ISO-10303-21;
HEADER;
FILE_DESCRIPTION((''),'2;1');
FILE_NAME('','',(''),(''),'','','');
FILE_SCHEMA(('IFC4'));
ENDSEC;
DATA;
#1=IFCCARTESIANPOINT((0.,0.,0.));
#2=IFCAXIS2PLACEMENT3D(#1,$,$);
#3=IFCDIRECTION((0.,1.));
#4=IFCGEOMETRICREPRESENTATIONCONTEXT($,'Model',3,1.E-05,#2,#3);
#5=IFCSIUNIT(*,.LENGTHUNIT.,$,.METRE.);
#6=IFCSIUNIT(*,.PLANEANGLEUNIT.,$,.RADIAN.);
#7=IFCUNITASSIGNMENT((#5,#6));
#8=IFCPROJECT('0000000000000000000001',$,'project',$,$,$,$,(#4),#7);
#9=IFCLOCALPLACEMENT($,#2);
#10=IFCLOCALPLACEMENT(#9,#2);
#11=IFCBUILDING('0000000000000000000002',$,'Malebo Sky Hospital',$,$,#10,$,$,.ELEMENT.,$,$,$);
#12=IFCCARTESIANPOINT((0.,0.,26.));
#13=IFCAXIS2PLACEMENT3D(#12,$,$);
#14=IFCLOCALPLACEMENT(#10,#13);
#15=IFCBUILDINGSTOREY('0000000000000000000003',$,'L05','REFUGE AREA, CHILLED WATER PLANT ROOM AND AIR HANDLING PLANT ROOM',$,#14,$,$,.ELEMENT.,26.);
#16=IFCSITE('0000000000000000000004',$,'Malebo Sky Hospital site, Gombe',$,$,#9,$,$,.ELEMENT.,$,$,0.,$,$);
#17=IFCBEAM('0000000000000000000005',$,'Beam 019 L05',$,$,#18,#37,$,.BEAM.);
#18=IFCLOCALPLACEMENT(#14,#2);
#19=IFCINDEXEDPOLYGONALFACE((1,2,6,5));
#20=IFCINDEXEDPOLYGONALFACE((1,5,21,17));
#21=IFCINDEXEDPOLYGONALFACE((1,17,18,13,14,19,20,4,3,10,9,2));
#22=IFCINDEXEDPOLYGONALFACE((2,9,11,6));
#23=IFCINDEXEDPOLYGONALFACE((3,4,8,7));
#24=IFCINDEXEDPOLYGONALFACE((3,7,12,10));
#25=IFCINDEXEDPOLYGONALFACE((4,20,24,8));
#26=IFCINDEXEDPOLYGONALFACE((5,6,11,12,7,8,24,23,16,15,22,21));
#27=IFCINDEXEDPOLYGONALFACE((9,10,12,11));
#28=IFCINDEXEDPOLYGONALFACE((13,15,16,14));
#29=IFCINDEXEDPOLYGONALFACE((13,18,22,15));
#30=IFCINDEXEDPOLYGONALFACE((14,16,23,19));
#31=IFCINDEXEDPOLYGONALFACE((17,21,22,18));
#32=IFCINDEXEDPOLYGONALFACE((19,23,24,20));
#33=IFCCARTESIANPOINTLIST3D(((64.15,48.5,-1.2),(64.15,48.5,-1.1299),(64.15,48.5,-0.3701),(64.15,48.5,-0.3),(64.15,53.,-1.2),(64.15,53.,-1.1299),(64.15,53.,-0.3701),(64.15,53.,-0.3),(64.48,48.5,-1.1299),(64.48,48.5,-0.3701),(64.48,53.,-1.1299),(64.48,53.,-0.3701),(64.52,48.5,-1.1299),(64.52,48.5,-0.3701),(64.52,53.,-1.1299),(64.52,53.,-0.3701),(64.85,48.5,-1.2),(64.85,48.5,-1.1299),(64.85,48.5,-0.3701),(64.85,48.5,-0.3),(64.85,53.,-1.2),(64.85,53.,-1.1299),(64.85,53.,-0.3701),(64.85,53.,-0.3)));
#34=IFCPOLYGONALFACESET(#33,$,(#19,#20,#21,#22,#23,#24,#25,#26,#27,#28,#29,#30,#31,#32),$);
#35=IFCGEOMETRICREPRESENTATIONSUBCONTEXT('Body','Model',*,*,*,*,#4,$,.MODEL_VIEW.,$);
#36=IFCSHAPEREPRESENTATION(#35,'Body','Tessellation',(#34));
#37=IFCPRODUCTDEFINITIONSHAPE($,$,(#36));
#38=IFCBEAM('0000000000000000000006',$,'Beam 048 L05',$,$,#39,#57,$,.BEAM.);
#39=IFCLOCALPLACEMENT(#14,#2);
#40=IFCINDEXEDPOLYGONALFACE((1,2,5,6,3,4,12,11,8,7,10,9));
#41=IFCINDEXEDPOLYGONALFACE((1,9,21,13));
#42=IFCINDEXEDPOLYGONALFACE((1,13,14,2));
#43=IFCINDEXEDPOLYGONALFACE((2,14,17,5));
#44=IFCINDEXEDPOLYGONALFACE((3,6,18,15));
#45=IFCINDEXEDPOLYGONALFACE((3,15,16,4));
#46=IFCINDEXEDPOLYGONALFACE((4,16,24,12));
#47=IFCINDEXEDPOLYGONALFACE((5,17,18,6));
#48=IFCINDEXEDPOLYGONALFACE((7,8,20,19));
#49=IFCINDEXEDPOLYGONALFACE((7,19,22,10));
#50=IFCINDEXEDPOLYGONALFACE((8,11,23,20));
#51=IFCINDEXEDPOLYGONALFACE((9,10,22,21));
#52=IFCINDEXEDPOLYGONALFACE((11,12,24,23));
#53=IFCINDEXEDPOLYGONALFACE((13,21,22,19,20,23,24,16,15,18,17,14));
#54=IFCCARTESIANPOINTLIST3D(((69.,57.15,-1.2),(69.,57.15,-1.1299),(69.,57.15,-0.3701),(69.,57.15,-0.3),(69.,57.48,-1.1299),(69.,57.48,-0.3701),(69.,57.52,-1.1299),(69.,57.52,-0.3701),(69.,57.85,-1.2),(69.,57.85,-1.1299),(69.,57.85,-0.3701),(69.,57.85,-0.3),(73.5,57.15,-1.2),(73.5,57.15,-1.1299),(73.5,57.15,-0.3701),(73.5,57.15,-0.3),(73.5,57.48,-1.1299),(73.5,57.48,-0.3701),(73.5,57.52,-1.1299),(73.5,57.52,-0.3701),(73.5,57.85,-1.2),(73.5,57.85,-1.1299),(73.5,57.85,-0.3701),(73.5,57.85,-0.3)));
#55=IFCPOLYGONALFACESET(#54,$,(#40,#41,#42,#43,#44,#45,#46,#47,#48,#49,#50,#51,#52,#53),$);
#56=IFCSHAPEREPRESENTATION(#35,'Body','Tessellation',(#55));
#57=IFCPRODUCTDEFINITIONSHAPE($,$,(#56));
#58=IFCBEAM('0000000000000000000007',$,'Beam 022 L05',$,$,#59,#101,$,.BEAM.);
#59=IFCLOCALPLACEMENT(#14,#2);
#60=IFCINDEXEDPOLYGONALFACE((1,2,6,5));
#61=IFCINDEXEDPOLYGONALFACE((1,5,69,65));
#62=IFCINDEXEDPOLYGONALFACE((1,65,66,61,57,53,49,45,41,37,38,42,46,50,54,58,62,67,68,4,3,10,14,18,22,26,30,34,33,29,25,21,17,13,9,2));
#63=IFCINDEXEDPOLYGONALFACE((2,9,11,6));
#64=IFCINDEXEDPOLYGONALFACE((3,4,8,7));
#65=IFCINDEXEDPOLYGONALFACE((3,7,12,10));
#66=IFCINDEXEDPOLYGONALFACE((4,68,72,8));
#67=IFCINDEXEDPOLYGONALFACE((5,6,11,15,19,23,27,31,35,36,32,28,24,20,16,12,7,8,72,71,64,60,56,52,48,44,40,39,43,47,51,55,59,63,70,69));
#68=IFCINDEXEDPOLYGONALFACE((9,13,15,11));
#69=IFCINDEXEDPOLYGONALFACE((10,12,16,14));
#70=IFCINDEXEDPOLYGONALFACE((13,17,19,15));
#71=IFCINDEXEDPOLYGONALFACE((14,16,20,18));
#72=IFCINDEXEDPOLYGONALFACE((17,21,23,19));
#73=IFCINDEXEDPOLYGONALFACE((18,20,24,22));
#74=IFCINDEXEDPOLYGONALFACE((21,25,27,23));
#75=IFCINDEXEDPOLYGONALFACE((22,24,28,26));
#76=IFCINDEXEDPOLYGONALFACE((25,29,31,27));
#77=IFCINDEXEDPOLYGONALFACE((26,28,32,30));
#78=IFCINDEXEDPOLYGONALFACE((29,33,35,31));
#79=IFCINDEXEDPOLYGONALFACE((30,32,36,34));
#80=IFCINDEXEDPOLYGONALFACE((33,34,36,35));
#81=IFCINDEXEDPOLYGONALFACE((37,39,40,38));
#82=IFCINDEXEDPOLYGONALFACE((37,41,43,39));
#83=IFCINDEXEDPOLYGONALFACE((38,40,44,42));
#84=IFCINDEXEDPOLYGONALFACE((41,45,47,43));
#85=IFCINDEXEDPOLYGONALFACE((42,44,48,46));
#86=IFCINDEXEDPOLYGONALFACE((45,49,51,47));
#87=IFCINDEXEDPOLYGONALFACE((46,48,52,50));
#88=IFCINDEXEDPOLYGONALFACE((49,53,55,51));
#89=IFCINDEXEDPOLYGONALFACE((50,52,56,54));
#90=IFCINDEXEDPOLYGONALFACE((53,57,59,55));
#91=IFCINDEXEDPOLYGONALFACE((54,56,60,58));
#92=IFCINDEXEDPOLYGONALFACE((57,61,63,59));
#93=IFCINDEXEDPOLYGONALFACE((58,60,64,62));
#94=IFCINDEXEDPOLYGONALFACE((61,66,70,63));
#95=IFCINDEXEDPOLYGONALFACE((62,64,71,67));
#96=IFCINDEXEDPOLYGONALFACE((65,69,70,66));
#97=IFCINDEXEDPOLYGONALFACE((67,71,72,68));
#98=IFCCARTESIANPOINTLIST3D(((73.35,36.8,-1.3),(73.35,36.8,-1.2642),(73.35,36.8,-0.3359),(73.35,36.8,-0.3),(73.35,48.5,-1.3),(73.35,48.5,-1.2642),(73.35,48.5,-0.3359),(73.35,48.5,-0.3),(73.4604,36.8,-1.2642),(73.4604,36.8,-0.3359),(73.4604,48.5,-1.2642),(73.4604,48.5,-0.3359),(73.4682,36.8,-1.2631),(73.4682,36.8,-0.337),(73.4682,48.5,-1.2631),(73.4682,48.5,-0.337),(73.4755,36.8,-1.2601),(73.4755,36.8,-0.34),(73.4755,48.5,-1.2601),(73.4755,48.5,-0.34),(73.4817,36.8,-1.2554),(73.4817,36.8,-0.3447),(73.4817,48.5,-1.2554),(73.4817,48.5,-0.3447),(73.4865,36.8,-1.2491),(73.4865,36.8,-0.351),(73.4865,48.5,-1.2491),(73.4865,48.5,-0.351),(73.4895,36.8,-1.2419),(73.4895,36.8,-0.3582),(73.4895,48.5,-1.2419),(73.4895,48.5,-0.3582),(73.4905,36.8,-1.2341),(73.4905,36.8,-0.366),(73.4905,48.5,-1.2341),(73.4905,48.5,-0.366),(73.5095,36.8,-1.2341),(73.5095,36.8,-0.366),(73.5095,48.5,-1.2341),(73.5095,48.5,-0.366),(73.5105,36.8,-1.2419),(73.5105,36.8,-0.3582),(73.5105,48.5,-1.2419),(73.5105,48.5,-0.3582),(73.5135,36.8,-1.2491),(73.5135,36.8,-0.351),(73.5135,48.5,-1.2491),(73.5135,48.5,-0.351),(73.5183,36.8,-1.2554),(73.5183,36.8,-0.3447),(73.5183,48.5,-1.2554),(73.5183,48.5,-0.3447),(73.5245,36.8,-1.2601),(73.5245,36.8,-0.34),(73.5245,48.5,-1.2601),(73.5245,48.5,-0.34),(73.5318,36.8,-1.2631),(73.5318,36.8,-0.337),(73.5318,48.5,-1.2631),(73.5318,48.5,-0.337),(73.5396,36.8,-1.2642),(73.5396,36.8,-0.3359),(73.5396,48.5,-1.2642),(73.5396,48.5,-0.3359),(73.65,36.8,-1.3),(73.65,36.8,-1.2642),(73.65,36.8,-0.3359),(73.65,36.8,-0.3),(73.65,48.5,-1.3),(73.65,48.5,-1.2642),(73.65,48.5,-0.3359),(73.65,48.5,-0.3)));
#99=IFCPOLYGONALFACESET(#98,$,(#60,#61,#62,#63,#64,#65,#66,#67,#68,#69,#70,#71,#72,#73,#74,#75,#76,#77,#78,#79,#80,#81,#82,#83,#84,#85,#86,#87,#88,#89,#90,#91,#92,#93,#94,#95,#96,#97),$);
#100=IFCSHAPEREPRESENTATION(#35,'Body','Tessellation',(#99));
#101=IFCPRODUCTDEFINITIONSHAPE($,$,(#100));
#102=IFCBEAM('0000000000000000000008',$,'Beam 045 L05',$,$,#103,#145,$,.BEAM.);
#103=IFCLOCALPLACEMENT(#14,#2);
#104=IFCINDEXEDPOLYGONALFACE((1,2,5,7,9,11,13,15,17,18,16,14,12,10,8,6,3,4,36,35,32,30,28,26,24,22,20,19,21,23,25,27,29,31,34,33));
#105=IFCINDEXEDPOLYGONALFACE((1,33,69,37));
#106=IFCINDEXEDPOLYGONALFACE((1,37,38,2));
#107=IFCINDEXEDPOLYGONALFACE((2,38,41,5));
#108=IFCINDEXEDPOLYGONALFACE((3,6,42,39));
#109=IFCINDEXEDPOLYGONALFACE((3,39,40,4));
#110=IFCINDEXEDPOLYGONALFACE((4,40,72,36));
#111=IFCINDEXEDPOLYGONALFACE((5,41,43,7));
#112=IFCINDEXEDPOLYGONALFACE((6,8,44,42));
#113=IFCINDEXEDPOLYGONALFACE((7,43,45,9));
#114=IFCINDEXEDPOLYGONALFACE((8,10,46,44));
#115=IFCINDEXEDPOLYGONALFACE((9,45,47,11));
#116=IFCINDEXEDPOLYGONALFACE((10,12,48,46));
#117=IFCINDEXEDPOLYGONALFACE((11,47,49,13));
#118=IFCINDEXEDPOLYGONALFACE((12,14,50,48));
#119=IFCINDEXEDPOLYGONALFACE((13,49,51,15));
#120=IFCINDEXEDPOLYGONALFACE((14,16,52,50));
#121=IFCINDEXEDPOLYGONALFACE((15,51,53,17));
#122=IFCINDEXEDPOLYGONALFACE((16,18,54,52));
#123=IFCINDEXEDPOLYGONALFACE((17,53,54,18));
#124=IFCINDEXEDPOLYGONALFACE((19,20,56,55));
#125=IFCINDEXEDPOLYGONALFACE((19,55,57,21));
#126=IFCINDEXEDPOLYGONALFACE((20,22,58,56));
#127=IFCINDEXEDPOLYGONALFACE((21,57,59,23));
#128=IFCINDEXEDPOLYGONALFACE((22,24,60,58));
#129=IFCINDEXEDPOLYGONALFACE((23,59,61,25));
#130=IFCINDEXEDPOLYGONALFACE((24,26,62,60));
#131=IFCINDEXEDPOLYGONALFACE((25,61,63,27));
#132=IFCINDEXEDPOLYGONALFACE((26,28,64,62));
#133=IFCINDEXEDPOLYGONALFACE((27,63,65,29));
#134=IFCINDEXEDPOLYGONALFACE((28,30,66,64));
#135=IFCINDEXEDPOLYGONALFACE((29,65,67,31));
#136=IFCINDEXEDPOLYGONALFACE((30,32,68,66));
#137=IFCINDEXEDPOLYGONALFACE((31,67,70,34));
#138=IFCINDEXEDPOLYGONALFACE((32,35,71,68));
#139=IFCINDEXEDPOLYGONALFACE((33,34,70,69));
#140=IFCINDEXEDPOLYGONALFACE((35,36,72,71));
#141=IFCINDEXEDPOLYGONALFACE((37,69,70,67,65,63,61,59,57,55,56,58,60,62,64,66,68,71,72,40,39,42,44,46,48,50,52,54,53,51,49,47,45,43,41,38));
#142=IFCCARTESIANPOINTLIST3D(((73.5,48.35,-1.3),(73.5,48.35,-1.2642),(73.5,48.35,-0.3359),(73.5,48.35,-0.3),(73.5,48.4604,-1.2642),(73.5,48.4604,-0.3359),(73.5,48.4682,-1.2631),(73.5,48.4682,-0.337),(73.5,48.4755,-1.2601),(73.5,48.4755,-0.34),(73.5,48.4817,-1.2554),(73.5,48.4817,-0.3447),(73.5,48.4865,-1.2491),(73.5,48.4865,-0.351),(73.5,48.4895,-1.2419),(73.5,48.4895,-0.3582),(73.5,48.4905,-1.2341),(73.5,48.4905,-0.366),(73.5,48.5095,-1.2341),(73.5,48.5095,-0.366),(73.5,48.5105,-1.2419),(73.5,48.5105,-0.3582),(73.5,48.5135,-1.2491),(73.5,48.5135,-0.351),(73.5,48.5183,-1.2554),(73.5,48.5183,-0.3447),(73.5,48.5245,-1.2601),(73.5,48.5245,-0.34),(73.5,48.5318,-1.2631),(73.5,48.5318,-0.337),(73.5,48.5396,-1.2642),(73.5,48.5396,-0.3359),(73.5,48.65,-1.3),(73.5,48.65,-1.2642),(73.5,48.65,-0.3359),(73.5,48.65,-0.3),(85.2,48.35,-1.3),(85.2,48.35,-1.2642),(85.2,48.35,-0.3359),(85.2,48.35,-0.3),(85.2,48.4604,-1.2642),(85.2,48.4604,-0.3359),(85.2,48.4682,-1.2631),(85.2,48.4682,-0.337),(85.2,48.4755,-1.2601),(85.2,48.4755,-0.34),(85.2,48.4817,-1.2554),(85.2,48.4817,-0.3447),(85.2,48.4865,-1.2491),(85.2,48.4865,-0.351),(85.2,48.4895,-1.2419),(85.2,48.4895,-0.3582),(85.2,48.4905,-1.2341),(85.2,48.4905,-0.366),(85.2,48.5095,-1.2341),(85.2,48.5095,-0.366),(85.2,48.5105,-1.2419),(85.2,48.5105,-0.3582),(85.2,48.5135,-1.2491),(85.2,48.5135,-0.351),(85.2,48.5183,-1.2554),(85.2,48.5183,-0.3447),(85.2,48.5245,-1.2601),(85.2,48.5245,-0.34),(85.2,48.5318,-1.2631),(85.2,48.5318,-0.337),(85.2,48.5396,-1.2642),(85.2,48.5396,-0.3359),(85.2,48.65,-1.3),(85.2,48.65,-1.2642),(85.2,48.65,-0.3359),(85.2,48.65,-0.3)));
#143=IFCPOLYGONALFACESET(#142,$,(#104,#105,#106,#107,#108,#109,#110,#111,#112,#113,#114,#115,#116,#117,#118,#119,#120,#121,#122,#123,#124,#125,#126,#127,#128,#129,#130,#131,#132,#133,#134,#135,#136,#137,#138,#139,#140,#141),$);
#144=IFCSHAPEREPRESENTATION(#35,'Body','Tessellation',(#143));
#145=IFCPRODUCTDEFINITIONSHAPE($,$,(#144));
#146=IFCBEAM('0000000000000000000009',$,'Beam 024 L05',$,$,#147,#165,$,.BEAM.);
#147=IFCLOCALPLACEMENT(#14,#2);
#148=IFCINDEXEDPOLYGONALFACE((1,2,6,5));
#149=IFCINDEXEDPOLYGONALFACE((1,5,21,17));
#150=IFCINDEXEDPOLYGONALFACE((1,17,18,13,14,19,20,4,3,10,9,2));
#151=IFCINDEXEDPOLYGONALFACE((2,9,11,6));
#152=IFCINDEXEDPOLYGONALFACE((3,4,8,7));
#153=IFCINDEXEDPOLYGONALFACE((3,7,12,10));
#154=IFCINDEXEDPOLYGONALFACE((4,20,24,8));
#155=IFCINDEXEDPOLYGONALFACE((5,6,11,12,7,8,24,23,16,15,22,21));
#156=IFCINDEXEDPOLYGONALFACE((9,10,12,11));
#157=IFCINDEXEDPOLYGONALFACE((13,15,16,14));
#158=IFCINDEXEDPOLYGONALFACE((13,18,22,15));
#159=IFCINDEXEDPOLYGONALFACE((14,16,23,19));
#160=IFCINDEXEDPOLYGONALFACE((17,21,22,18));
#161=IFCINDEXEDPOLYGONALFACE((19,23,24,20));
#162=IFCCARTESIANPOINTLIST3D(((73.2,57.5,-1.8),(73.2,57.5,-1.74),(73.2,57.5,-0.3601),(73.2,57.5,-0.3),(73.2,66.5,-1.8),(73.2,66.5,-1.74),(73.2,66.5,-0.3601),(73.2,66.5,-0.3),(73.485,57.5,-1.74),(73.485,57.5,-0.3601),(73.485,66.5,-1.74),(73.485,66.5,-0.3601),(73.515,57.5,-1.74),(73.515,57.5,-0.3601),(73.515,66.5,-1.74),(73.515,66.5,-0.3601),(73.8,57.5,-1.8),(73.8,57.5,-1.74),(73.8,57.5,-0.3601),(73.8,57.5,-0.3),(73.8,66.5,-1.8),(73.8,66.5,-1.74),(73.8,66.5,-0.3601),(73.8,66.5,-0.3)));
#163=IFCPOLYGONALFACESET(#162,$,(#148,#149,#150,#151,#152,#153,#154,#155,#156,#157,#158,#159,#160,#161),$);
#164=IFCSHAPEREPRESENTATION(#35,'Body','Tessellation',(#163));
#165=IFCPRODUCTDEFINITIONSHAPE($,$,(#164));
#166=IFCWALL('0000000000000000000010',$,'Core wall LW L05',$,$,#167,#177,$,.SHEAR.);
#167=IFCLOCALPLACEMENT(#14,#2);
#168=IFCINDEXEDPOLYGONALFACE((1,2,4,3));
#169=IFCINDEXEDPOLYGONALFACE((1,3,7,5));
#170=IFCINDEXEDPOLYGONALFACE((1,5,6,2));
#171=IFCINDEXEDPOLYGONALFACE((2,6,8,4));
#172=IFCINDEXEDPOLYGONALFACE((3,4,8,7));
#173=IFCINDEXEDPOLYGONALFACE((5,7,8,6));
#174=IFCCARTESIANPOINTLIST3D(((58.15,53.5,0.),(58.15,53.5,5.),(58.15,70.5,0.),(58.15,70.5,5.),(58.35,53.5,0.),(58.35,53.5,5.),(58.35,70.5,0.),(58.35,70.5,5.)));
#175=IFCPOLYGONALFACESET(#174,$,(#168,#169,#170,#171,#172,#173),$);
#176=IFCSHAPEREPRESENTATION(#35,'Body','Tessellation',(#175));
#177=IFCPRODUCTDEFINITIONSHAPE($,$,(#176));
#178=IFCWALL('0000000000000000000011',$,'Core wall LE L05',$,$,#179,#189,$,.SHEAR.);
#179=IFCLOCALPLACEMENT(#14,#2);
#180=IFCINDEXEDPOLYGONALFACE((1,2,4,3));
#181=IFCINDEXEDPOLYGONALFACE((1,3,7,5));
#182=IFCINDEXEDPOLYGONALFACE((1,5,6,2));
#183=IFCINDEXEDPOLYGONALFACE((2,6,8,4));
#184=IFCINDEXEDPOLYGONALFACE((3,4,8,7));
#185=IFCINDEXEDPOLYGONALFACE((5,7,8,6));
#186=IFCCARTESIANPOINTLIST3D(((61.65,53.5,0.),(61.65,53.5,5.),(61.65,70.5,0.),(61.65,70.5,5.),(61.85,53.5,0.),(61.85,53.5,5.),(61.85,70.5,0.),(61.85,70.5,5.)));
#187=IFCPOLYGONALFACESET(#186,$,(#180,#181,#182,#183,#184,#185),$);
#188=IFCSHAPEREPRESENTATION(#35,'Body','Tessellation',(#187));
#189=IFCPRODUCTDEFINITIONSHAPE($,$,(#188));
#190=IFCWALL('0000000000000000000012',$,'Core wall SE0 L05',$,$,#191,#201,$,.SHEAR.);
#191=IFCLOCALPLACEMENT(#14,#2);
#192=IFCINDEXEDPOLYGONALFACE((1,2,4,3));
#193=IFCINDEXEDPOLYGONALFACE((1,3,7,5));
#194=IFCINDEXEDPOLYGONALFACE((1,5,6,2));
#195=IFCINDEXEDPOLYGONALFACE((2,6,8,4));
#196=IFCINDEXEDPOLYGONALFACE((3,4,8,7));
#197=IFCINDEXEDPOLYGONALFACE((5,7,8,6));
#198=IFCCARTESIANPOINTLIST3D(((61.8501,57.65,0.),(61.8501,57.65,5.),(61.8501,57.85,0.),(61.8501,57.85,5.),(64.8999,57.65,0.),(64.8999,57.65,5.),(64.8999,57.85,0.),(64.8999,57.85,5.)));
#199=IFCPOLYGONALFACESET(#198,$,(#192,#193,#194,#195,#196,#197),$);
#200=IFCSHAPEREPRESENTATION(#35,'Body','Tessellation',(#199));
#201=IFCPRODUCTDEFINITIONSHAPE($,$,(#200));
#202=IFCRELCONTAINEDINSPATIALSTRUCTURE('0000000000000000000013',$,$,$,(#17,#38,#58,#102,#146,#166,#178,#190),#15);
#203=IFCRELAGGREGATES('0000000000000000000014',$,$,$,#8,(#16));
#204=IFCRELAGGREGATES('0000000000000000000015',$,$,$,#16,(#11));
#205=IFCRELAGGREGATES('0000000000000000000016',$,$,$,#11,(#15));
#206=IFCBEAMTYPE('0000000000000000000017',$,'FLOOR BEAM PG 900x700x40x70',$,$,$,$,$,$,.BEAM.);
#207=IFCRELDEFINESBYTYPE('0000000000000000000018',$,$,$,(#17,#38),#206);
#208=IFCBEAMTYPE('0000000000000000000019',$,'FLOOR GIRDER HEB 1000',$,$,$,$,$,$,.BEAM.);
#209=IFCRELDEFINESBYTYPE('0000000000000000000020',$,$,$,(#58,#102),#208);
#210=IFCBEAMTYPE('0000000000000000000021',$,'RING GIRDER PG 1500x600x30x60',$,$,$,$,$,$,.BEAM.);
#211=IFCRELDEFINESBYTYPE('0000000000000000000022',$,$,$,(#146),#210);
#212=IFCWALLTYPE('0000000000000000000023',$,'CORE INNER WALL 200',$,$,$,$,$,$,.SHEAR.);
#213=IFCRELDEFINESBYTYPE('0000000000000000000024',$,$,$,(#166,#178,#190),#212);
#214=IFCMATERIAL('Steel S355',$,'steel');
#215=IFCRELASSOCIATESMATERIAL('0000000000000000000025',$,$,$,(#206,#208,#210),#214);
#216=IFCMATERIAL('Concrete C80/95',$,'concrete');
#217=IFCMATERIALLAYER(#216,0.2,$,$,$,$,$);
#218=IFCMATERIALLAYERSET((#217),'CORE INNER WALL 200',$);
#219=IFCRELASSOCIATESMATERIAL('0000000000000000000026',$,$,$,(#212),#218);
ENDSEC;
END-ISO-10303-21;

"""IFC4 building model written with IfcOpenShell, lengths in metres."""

from ifc_helpers import new_model, si_unit, direction, frame, frame_2d, origin, origin_2d, place, context, subcontext, project, spatial, rectangle, i_section, extrude, material, layer, layer_set, material_profile, profile_set, type_object, element, save


model = new_model("IFC4")

# Units and contexts
model_context = context("Model", 3, precision=1e-05, world=origin(), true_north=direction((0.0, 1.0)))
body_context = subcontext(model_context, "Body", "Model", "MODEL_VIEW")
ifc_project = project(units=[si_unit("LENGTHUNIT", "METRE"), si_unit("PLANEANGLEUNIT", "RADIAN")], contexts=[model_context])

# Site, building, storey
site_placement = place(None, origin())
site = spatial("IfcSite", under=ifc_project, at=site_placement, Name="Malebo Sky Hospital site, Gombe", CompositionType="ELEMENT", RefElevation=0.0)
building_placement = place(site_placement, origin())
building = spatial("IfcBuilding", under=site, at=building_placement, Name="Malebo Sky Hospital", CompositionType="ELEMENT")
storey_placement = place(building_placement, frame((0.0, 0.0, 26.0)))
storey = spatial("IfcBuildingStorey", under=building, at=storey_placement, Name="L05", Description="REFUGE AREA, CHILLED WATER PLANT ROOM AND AIR HANDLING PLANT ROOM", CompositionType="ELEMENT", Elevation=26.0)

# Beams
ifc_material_1 = material(Name="Steel S355", Category="steel")
ifc_material_profile_1 = material_profile(ifc_material_1, i_section(OverallWidth=0.7, OverallDepth=0.8999, WebThickness=0.04, FlangeThickness=0.0701, at=origin_2d()), Name="PG 900x700x40x70")
ifc_profile_set_1 = profile_set([ifc_material_profile_1], Name="Steel S355")
beam_type_1 = type_object("IfcBeamType", Name="FLOOR BEAM PG 900x700x40x70", PredefinedType="BEAM", material=ifc_profile_set_1)
for number, where, z_axis, x_axis, name in (
    (1, (64.5, 48.5, -0.75), (0.0, 1.0, 0.0), (-1.0, 0.0, 0.0), "Beam 019 L05"),
    (2, (69.0, 57.5, -0.75), (1.0, 0.0, 0.0), (0.0, 1.0, 0.0), "Beam 048 L05"),
):
    element("IfcBeam", number, at=place(storey_placement, frame(where, z_axis=z_axis, x_axis=x_axis)), inside=storey, type_object=beam_type_1, Name=name, PredefinedType="BEAM", context=body_context, shape_type="SweptSolid", body=[
        extrude(i_section(OverallWidth=0.7, OverallDepth=0.8999, WebThickness=0.04, FlangeThickness=0.0701, at=origin_2d()), origin(), (0.0, 0.0, 1.0), 4.5),
    ])
ifc_material_profile_2 = material_profile(ifc_material_1, i_section(OverallWidth=0.3, OverallDepth=1.0, WebThickness=0.019, FlangeThickness=0.0359, FilletRadius=0.03, at=origin_2d()), Name="HEB 1000")
ifc_profile_set_2 = profile_set([ifc_material_profile_2], Name="Steel S355")
beam_type_2 = type_object("IfcBeamType", Name="FLOOR GIRDER HEB 1000", PredefinedType="BEAM", material=ifc_profile_set_2)
for number, where, z_axis, x_axis, name in (
    (3, (73.5, 36.8, -0.8), (0.0, 1.0, 0.0), (-1.0, 0.0, 0.0), "Beam 022 L05"),
    (4, (73.5, 48.5, -0.8), (1.0, 0.0, 0.0), (0.0, 1.0, 0.0), "Beam 045 L05"),
):
    element("IfcBeam", number, at=place(storey_placement, frame(where, z_axis=z_axis, x_axis=x_axis)), inside=storey, type_object=beam_type_2, Name=name, PredefinedType="BEAM", context=body_context, shape_type="SweptSolid", body=[
        extrude(i_section(OverallWidth=0.3, OverallDepth=1.0, WebThickness=0.019, FlangeThickness=0.0359, FilletRadius=0.03, at=origin_2d()), origin(), (0.0, 0.0, 1.0), 11.7),
    ])
ifc_material_profile_3 = material_profile(ifc_material_1, i_section(OverallWidth=0.6001, OverallDepth=1.5, WebThickness=0.03, FlangeThickness=0.0601, at=origin_2d()), Name="PG 1500x600x30x60")
ifc_profile_set_3 = profile_set([ifc_material_profile_3], Name="Steel S355")
beam_type_3 = type_object("IfcBeamType", Name="RING GIRDER PG 1500x600x30x60", PredefinedType="BEAM", material=ifc_profile_set_3)
beam_1_placement = place(storey_placement, frame((73.5, 57.5, -1.05), z_axis=(0.0, 1.0, 0.0), x_axis=(-1.0, 0.0, 0.0)))
element("IfcBeam", 5, at=beam_1_placement, inside=storey, type_object=beam_type_3, Name="Beam 024 L05", PredefinedType="BEAM", context=body_context, shape_type="SweptSolid", body=[
    extrude(i_section(OverallWidth=0.6001, OverallDepth=1.5, WebThickness=0.03, FlangeThickness=0.0601, at=origin_2d()), origin(), (0.0, 0.0, 1.0), 9.0),
])

# Walls
ifc_material_2 = material(Name="Concrete C80/95", Category="concrete")
ifc_layer_1 = layer(ifc_material_2, 0.2)
ifc_layer_set_1 = layer_set([ifc_layer_1], Name="CORE INNER WALL 200")
wall_type_1 = type_object("IfcWallType", Name="CORE INNER WALL 200", PredefinedType="SHEAR", material=ifc_layer_set_1)
for number, where, z_axis, x_axis, name in (
    (6, (58.25, 53.5, 0.0), (0.0, 0.0, 1.0), (0.0, 1.0, 0.0), "Core wall LW L05"),
    (7, (61.75, 53.5, 0.0), (0.0, 0.0, 1.0), (0.0, 1.0, 0.0), "Core wall LE L05"),
):
    element("IfcWall", number, at=place(storey_placement, frame(where, z_axis=z_axis, x_axis=x_axis)), inside=storey, type_object=wall_type_1, Name=name, PredefinedType="SHEAR", context=body_context, shape_type="SweptSolid", body=[
        extrude(rectangle(XDim=17.0, YDim=0.2, at=frame_2d((8.5, 0.0))), origin(), (0.0, 0.0, 1.0), 5.0),
    ])
wall_1_placement = place(storey_placement, frame((61.8501, 57.75, 0.0), z_axis=(0.0, 0.0, 1.0), x_axis=(1.0, 0.0, 0.0)))
element("IfcWall", 8, at=wall_1_placement, inside=storey, type_object=wall_type_1, Name="Core wall SE0 L05", PredefinedType="SHEAR", context=body_context, shape_type="SweptSolid", body=[
    extrude(rectangle(XDim=3.0498, YDim=0.2, at=frame_2d((1.5249, 0.0))), origin(), (0.0, 0.0, 1.0), 5.0),
])

save(model, "model.ifc")
